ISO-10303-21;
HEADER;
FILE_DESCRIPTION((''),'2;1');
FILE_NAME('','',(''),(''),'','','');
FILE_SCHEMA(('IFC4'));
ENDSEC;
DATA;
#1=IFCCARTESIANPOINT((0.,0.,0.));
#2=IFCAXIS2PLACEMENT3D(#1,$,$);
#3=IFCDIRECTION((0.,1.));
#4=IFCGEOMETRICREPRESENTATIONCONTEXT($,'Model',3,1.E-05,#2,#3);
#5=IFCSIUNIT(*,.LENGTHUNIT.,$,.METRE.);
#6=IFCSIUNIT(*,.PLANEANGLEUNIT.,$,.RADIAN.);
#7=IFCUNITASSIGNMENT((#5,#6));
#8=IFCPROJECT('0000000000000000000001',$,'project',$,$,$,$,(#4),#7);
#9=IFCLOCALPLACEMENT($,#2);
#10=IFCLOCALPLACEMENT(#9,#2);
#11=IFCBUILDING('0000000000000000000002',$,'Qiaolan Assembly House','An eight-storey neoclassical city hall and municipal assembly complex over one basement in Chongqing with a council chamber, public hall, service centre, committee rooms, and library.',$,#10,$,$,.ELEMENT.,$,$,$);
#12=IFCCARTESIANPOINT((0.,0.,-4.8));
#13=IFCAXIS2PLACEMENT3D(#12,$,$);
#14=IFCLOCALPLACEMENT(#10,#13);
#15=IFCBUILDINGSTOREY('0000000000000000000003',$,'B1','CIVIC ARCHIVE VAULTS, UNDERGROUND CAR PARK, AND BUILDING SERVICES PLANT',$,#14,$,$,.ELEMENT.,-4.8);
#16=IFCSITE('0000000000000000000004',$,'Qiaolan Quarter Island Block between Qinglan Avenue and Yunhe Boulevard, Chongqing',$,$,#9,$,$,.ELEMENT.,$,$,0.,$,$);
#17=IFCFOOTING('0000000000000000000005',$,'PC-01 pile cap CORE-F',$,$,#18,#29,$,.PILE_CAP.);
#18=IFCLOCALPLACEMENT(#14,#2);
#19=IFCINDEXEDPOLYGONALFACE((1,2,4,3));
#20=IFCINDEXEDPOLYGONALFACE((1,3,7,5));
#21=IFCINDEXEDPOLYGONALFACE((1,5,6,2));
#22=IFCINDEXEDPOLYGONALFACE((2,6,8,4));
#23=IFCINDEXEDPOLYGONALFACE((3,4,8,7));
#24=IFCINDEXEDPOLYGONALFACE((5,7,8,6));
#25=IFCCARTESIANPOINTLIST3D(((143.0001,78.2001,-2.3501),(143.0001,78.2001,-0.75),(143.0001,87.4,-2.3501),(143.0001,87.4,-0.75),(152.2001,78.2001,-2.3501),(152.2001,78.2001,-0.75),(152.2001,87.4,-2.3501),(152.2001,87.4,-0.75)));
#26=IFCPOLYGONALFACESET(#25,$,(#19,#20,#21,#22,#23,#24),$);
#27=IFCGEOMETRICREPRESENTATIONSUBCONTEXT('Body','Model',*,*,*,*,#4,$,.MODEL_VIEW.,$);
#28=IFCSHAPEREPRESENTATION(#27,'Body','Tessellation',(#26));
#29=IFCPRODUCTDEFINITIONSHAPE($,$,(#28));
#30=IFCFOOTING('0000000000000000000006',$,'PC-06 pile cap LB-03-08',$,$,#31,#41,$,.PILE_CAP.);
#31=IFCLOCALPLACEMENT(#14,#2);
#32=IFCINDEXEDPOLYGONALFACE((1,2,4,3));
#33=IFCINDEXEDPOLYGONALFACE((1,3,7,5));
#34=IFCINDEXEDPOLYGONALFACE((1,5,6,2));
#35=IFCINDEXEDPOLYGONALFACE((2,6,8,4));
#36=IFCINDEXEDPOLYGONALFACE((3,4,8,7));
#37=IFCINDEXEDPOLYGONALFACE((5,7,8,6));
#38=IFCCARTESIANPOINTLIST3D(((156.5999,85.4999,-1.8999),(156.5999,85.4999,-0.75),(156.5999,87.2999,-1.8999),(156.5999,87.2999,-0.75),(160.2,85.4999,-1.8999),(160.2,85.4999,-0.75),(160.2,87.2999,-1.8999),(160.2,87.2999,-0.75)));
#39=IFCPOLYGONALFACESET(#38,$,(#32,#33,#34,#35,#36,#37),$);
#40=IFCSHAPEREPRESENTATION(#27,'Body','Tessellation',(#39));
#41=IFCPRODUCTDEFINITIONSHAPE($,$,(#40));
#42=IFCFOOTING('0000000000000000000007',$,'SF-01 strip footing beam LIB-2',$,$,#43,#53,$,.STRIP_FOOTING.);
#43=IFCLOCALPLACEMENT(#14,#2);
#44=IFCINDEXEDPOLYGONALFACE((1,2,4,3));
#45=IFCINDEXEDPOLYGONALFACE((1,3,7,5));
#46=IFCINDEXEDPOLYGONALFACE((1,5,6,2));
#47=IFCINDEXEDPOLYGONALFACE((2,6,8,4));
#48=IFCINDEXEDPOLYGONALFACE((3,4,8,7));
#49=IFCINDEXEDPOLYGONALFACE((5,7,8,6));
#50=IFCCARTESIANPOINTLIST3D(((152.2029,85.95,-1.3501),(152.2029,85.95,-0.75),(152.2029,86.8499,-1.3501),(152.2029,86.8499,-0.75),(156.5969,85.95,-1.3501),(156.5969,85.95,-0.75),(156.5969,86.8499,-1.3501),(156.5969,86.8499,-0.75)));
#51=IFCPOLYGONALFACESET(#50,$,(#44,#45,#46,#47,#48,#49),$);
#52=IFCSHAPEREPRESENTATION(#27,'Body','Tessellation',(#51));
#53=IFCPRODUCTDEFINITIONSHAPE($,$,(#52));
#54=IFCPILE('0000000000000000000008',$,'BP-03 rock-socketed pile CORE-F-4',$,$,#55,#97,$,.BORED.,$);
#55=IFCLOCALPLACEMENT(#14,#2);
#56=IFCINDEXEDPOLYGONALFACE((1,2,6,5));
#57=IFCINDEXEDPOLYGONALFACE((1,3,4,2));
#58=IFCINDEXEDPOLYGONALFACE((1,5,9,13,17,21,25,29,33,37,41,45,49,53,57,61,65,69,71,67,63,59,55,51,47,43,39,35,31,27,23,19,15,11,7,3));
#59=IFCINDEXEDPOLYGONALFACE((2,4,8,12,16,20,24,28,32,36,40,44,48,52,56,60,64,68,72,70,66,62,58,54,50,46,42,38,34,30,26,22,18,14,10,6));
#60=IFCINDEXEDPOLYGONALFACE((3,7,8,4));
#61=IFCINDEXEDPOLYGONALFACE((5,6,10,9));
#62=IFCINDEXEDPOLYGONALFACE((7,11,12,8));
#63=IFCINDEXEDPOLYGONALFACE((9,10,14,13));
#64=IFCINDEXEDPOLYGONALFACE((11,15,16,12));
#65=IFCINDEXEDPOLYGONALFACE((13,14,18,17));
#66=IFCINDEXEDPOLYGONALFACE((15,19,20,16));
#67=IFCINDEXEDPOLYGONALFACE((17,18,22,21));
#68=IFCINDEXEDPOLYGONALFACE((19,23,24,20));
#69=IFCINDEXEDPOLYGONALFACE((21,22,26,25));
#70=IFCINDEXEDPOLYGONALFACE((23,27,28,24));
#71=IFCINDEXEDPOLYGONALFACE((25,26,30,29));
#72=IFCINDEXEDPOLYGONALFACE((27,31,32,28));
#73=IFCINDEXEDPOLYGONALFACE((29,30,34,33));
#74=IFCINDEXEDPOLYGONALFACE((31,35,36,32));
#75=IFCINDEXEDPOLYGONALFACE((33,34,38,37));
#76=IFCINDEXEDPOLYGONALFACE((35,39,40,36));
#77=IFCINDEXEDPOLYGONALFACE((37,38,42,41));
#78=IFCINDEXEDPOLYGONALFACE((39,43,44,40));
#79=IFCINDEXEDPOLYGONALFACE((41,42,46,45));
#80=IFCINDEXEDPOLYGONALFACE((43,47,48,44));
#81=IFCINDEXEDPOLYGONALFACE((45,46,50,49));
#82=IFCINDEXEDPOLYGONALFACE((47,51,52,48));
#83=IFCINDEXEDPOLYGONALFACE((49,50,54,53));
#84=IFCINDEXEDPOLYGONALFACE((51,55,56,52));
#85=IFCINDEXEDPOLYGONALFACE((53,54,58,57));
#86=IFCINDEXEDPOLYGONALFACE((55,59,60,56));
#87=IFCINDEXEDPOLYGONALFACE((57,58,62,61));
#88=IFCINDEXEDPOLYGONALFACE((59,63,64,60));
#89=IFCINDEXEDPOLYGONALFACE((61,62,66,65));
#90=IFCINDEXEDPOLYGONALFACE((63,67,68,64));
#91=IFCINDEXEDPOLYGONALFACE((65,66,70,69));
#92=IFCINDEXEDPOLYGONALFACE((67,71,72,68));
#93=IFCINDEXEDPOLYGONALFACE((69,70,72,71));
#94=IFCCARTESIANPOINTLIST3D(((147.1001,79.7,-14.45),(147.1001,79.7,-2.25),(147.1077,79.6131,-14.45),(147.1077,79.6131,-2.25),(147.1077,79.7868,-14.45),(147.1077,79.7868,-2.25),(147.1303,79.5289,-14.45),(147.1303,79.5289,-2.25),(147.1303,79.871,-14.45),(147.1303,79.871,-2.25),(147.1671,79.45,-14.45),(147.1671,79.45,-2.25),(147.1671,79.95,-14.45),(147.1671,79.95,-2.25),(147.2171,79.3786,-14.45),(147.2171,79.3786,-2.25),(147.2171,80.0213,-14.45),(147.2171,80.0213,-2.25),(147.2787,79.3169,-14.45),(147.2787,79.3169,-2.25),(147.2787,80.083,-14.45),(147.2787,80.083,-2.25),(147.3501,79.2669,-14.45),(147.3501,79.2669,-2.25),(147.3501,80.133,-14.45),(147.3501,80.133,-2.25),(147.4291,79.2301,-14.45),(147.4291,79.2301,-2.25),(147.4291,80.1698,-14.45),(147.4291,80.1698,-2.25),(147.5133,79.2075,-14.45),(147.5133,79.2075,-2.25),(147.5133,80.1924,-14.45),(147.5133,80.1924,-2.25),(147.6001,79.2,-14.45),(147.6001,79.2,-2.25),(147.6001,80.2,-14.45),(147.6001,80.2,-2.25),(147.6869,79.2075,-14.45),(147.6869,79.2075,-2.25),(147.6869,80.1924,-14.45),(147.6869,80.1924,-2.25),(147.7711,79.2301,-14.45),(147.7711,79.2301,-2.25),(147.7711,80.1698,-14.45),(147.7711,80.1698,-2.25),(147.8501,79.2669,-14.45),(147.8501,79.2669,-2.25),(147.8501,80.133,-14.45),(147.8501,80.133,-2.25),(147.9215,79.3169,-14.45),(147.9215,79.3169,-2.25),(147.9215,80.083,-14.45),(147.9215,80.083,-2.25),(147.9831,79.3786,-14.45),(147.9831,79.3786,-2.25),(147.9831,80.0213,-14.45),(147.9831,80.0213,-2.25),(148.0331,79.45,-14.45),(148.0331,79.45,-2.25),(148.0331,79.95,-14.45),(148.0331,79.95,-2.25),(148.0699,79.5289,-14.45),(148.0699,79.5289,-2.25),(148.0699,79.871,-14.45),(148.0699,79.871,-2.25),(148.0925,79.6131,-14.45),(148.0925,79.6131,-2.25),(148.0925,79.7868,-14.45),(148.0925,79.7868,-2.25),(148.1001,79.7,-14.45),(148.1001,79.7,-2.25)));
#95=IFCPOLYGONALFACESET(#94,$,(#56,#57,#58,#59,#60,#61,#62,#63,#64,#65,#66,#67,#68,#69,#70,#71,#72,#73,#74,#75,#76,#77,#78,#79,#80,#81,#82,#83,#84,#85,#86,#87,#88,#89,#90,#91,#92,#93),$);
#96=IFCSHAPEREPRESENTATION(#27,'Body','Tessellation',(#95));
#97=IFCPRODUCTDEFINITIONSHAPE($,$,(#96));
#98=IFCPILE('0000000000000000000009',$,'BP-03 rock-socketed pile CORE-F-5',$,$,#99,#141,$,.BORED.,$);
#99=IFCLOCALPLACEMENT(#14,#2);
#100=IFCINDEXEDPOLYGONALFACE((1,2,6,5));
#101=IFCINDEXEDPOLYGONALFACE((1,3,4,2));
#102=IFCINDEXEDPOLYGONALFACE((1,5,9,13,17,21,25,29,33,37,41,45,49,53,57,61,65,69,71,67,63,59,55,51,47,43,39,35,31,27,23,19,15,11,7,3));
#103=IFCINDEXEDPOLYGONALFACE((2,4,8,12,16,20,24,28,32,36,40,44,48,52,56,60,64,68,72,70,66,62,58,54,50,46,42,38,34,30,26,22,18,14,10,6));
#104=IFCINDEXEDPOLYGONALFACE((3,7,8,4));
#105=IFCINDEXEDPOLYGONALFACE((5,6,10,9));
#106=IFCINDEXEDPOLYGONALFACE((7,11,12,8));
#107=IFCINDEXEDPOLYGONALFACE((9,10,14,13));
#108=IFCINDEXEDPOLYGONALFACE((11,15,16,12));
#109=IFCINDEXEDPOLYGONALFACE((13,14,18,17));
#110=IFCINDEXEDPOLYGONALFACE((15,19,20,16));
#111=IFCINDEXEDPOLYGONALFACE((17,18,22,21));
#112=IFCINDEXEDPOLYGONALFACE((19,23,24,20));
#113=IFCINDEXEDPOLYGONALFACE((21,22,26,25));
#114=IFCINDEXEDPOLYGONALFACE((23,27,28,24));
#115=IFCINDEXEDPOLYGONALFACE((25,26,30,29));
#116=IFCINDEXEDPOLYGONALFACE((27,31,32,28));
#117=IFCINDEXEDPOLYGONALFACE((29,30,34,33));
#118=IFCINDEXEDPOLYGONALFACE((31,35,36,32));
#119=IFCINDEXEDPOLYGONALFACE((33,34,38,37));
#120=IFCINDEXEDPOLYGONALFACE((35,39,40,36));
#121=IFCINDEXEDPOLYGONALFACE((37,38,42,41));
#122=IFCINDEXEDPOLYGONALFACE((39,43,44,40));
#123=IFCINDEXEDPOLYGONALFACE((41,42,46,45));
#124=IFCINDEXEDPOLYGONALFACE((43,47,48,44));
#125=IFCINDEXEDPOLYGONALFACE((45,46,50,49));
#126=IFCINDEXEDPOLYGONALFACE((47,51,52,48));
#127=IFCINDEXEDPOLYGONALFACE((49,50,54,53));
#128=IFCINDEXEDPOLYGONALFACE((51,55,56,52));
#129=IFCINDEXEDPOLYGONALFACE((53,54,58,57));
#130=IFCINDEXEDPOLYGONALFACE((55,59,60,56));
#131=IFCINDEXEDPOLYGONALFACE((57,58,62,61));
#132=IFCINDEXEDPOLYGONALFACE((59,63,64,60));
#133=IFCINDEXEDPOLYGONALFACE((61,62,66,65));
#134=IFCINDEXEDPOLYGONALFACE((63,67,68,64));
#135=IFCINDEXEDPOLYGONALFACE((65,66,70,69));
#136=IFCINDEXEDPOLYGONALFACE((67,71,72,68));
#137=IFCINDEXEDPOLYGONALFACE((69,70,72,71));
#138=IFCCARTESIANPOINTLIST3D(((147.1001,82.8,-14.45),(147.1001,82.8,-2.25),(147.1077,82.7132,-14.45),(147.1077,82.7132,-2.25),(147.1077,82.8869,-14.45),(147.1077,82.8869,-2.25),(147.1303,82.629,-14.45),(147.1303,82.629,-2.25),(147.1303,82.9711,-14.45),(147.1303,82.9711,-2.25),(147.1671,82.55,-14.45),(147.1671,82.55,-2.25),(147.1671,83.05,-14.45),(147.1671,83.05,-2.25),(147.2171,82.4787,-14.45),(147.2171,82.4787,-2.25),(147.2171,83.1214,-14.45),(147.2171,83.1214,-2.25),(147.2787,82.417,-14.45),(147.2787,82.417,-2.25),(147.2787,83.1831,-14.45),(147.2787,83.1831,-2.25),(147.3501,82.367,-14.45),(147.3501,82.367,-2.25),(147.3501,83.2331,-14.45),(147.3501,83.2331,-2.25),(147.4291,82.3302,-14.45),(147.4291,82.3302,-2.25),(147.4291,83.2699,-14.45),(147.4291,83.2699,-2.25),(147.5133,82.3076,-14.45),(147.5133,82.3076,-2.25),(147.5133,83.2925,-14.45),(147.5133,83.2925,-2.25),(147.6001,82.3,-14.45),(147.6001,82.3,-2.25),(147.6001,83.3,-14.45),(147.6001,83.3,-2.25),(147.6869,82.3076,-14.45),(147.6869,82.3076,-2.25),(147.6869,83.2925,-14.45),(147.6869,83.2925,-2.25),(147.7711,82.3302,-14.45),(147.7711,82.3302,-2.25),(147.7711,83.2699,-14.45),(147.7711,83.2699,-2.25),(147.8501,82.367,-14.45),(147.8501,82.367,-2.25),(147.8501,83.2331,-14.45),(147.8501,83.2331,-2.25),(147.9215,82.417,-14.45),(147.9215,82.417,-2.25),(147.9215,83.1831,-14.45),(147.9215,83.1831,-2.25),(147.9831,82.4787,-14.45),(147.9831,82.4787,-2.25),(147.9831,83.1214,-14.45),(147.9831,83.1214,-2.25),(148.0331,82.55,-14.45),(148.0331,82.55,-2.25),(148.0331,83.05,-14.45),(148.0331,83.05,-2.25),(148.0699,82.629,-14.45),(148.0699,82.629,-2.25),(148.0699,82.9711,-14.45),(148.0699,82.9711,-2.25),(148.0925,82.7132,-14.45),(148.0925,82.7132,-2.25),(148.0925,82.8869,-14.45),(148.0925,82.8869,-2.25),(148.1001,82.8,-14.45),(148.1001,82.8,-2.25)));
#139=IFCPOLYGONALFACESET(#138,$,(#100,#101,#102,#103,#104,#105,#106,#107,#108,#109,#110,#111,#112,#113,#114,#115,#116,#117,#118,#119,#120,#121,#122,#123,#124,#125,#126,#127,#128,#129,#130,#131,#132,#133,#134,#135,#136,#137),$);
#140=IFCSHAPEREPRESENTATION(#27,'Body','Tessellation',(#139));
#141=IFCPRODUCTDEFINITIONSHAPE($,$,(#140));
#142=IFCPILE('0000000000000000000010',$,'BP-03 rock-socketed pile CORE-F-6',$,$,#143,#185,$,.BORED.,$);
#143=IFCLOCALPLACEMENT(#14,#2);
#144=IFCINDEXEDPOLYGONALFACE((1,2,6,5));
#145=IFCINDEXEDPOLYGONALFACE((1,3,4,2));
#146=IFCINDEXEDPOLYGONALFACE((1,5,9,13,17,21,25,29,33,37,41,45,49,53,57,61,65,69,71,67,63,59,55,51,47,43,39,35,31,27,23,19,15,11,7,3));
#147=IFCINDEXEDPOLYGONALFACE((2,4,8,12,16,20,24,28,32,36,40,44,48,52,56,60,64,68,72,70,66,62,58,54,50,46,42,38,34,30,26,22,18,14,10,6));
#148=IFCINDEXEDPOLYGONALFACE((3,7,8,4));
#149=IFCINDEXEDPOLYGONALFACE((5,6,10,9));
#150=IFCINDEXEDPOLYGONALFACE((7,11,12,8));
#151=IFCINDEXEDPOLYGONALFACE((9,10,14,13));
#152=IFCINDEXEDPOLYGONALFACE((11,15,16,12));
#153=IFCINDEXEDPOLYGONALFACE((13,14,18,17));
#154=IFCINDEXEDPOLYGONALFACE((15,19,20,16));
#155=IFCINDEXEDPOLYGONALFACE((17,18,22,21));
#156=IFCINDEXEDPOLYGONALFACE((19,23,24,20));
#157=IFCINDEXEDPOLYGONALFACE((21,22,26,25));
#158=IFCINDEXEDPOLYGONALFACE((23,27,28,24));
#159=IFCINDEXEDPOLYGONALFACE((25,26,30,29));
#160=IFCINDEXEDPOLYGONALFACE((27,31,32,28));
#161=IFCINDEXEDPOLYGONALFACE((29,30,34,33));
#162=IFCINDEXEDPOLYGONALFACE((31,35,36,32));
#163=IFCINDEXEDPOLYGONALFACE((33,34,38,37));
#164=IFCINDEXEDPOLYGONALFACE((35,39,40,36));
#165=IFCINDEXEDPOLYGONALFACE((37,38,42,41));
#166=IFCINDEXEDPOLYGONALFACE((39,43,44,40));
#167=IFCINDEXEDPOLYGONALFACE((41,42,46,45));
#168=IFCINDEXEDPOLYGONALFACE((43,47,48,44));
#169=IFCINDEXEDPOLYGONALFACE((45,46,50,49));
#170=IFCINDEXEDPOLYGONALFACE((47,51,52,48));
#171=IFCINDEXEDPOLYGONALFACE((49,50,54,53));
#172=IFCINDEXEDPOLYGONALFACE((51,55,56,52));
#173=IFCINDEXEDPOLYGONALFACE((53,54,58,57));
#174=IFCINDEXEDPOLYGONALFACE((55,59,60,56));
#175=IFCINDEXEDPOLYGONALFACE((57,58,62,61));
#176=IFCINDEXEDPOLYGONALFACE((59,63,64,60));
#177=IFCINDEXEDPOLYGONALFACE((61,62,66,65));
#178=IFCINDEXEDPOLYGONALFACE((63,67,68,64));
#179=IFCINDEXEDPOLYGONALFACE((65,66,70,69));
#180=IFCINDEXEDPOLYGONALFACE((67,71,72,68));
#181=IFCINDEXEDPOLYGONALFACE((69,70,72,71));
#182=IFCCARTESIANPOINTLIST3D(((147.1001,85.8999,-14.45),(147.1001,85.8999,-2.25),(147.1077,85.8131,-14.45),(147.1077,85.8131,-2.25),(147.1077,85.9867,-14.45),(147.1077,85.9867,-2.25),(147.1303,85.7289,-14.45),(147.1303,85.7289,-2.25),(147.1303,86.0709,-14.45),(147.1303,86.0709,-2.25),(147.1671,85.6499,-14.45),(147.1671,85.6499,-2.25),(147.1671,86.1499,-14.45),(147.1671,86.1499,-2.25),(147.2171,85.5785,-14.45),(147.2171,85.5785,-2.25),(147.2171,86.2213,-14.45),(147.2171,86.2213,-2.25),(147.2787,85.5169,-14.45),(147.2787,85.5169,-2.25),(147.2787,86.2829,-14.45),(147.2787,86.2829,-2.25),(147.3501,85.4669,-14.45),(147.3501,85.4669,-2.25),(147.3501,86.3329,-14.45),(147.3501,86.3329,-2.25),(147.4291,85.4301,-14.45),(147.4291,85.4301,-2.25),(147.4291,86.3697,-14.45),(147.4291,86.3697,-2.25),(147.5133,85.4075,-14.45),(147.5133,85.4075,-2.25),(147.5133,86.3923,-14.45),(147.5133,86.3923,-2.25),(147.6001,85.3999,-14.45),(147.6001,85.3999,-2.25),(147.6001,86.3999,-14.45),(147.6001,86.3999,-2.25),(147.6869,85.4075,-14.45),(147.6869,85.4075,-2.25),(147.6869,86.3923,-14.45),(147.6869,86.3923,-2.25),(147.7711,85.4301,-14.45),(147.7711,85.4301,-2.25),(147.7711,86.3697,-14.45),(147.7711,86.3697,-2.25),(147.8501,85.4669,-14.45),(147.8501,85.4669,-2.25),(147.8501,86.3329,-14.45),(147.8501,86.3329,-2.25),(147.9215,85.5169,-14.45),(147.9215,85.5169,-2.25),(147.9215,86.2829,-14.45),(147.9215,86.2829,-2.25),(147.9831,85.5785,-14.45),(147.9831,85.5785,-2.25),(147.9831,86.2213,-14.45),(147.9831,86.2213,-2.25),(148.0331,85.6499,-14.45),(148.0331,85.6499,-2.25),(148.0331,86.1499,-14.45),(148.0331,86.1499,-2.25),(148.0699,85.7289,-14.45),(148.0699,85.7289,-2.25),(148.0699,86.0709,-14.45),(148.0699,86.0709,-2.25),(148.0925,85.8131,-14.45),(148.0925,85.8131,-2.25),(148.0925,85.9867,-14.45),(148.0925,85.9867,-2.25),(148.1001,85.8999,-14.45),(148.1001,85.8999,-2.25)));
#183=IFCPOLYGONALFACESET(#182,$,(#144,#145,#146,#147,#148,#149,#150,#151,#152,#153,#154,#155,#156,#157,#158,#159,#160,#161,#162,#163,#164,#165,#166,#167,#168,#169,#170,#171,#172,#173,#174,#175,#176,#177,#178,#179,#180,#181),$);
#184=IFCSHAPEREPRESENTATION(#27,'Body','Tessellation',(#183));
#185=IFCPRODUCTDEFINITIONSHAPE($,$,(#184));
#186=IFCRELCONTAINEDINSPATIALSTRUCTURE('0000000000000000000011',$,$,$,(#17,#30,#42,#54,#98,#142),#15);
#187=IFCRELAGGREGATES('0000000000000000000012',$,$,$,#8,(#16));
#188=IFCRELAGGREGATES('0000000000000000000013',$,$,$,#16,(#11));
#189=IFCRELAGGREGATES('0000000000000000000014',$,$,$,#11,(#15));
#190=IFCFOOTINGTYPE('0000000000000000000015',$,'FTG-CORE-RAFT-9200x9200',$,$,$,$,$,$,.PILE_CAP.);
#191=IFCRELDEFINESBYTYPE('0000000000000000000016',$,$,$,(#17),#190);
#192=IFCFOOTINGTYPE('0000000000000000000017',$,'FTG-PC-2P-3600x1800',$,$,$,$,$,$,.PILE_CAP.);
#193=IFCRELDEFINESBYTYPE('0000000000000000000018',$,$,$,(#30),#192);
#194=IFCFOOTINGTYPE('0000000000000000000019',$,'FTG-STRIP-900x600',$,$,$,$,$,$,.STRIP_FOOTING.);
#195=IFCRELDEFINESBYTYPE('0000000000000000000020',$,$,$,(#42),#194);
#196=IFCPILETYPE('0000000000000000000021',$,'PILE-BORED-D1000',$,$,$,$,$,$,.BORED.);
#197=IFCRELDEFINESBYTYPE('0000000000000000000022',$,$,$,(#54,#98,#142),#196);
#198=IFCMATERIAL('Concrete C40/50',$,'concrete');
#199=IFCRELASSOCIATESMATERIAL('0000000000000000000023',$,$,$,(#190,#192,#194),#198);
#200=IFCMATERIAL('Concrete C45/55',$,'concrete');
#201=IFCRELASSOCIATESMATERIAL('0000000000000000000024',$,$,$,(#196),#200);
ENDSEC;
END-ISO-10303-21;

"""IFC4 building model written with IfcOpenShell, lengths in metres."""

from ifc_helpers import new_model, si_unit, direction, frame, origin, origin_2d, place, context, subcontext, project, spatial, rectangle, circle, extrude, material, material_profile, profile_set, type_object, element, save


model = new_model("IFC4")

# Units and contexts
model_context = context("Model", 3, precision=1e-05, world=origin(), true_north=direction((0.0, 1.0)))
body_context = subcontext(model_context, "Body", "Model", "MODEL_VIEW")
ifc_project = project(units=[si_unit("LENGTHUNIT", "METRE"), si_unit("PLANEANGLEUNIT", "RADIAN")], contexts=[model_context])

# Site, building, storey
site_placement = place(None, origin())
site = spatial("IfcSite", under=ifc_project, at=site_placement, Name="Qiaolan Quarter Island Block between Qinglan Avenue and Yunhe Boulevard, Chongqing", CompositionType="ELEMENT", RefElevation=0.0)
building_placement = place(site_placement, origin())
building = spatial("IfcBuilding", under=site, at=building_placement, Name="Qiaolan Assembly House", Description="An eight-storey neoclassical city hall and municipal assembly complex over one basement in Chongqing with a council chamber, public hall, service centre, committee rooms, and library.", CompositionType="ELEMENT")
storey_placement = place(building_placement, frame((0.0, 0.0, -4.8)))
storey = spatial("IfcBuildingStorey", under=building, at=storey_placement, Name="B1", Description="CIVIC ARCHIVE VAULTS, UNDERGROUND CAR PARK, AND BUILDING SERVICES PLANT", CompositionType="ELEMENT", Elevation=-4.8)

# Footings
ifc_material_1 = material(Name="Concrete C40/50", Category="concrete")
footing_type_1 = type_object("IfcFootingType", Name="FTG-CORE-RAFT-9200x9200", PredefinedType="PILE_CAP", material=ifc_material_1)
footing_1_placement = place(storey_placement, frame((147.6001, 82.8, -2.3501), z_axis=(0.0, 0.0, 1.0), x_axis=(1.0, 0.0, 0.0)))
element("IfcFooting", 1, at=footing_1_placement, inside=storey, type_object=footing_type_1, Name="PC-01 pile cap CORE-F", PredefinedType="PILE_CAP", context=body_context, shape_type="SweptSolid", body=[
    extrude(rectangle(XDim=9.2, YDim=9.2, at=origin_2d()), origin(), (0.0, 0.0, 1.0), 1.6001),
])
footing_type_2 = type_object("IfcFootingType", Name="FTG-PC-2P-3600x1800", PredefinedType="PILE_CAP", material=ifc_material_1)
footing_2_placement = place(storey_placement, frame((158.3999, 86.3999, -1.8999), z_axis=(0.0, 0.0, 1.0), x_axis=(1.0, 0.0, 0.0)))
element("IfcFooting", 2, at=footing_2_placement, inside=storey, type_object=footing_type_2, Name="PC-06 pile cap LB-03-08", PredefinedType="PILE_CAP", context=body_context, shape_type="SweptSolid", body=[
    extrude(rectangle(XDim=3.6001, YDim=1.8, at=origin_2d()), origin(), (0.0, 0.0, 1.0), 1.1499),
])
ifc_material_profile_1 = material_profile(ifc_material_1, rectangle(XDim=0.8999, YDim=0.6001, at=origin_2d()), Name="SF 900x600")
ifc_profile_set_1 = profile_set([ifc_material_profile_1], Name="Concrete C40/50")
footing_type_3 = type_object("IfcFootingType", Name="FTG-STRIP-900x600", PredefinedType="STRIP_FOOTING", material=ifc_profile_set_1)
footing_3_placement = place(storey_placement, frame((152.2029, 86.3999, -1.05), z_axis=(1.0, 0.0, 0.0), x_axis=(0.0, 1.0, 0.0)))
element("IfcFooting", 3, at=footing_3_placement, inside=storey, type_object=footing_type_3, Name="SF-01 strip footing beam LIB-2", PredefinedType="STRIP_FOOTING", context=body_context, shape_type="SweptSolid", body=[
    extrude(rectangle(XDim=0.8999, YDim=0.6001, at=origin_2d()), origin(), (0.0, 0.0, 1.0), 4.394),
])

# Piles
ifc_material_2 = material(Name="Concrete C45/55", Category="concrete")
ifc_material_profile_2 = material_profile(ifc_material_2, circle(Radius=0.5, at=origin_2d()), Name="PILE D1000")
ifc_profile_set_2 = profile_set([ifc_material_profile_2], Name="Concrete C45/55")
pile_type_1 = type_object("IfcPileType", Name="PILE-BORED-D1000", PredefinedType="BORED", material=ifc_profile_set_2)
for number, where, z_axis, x_axis, name in (
    (4, (147.6001, 79.7, -2.25), (0.0, 0.0, -1.0), (1.0, 0.0, 0.0), "BP-03 rock-socketed pile CORE-F-4"),
    (5, (147.6001, 82.8, -2.25), (0.0, 0.0, -1.0), (1.0, 0.0, 0.0), "BP-03 rock-socketed pile CORE-F-5"),
    (6, (147.6001, 85.8999, -2.25), (0.0, 0.0, -1.0), (1.0, 0.0, 0.0), "BP-03 rock-socketed pile CORE-F-6"),
):
    element("IfcPile", number, at=place(storey_placement, frame(where, z_axis=z_axis, x_axis=x_axis)), inside=storey, type_object=pile_type_1, Name=name, PredefinedType="BORED", context=body_context, shape_type="SweptSolid", body=[
        extrude(circle(Radius=0.5, at=origin_2d()), origin(), (0.0, 0.0, 1.0), 12.2),
    ])

save(model, "model.ifc")
